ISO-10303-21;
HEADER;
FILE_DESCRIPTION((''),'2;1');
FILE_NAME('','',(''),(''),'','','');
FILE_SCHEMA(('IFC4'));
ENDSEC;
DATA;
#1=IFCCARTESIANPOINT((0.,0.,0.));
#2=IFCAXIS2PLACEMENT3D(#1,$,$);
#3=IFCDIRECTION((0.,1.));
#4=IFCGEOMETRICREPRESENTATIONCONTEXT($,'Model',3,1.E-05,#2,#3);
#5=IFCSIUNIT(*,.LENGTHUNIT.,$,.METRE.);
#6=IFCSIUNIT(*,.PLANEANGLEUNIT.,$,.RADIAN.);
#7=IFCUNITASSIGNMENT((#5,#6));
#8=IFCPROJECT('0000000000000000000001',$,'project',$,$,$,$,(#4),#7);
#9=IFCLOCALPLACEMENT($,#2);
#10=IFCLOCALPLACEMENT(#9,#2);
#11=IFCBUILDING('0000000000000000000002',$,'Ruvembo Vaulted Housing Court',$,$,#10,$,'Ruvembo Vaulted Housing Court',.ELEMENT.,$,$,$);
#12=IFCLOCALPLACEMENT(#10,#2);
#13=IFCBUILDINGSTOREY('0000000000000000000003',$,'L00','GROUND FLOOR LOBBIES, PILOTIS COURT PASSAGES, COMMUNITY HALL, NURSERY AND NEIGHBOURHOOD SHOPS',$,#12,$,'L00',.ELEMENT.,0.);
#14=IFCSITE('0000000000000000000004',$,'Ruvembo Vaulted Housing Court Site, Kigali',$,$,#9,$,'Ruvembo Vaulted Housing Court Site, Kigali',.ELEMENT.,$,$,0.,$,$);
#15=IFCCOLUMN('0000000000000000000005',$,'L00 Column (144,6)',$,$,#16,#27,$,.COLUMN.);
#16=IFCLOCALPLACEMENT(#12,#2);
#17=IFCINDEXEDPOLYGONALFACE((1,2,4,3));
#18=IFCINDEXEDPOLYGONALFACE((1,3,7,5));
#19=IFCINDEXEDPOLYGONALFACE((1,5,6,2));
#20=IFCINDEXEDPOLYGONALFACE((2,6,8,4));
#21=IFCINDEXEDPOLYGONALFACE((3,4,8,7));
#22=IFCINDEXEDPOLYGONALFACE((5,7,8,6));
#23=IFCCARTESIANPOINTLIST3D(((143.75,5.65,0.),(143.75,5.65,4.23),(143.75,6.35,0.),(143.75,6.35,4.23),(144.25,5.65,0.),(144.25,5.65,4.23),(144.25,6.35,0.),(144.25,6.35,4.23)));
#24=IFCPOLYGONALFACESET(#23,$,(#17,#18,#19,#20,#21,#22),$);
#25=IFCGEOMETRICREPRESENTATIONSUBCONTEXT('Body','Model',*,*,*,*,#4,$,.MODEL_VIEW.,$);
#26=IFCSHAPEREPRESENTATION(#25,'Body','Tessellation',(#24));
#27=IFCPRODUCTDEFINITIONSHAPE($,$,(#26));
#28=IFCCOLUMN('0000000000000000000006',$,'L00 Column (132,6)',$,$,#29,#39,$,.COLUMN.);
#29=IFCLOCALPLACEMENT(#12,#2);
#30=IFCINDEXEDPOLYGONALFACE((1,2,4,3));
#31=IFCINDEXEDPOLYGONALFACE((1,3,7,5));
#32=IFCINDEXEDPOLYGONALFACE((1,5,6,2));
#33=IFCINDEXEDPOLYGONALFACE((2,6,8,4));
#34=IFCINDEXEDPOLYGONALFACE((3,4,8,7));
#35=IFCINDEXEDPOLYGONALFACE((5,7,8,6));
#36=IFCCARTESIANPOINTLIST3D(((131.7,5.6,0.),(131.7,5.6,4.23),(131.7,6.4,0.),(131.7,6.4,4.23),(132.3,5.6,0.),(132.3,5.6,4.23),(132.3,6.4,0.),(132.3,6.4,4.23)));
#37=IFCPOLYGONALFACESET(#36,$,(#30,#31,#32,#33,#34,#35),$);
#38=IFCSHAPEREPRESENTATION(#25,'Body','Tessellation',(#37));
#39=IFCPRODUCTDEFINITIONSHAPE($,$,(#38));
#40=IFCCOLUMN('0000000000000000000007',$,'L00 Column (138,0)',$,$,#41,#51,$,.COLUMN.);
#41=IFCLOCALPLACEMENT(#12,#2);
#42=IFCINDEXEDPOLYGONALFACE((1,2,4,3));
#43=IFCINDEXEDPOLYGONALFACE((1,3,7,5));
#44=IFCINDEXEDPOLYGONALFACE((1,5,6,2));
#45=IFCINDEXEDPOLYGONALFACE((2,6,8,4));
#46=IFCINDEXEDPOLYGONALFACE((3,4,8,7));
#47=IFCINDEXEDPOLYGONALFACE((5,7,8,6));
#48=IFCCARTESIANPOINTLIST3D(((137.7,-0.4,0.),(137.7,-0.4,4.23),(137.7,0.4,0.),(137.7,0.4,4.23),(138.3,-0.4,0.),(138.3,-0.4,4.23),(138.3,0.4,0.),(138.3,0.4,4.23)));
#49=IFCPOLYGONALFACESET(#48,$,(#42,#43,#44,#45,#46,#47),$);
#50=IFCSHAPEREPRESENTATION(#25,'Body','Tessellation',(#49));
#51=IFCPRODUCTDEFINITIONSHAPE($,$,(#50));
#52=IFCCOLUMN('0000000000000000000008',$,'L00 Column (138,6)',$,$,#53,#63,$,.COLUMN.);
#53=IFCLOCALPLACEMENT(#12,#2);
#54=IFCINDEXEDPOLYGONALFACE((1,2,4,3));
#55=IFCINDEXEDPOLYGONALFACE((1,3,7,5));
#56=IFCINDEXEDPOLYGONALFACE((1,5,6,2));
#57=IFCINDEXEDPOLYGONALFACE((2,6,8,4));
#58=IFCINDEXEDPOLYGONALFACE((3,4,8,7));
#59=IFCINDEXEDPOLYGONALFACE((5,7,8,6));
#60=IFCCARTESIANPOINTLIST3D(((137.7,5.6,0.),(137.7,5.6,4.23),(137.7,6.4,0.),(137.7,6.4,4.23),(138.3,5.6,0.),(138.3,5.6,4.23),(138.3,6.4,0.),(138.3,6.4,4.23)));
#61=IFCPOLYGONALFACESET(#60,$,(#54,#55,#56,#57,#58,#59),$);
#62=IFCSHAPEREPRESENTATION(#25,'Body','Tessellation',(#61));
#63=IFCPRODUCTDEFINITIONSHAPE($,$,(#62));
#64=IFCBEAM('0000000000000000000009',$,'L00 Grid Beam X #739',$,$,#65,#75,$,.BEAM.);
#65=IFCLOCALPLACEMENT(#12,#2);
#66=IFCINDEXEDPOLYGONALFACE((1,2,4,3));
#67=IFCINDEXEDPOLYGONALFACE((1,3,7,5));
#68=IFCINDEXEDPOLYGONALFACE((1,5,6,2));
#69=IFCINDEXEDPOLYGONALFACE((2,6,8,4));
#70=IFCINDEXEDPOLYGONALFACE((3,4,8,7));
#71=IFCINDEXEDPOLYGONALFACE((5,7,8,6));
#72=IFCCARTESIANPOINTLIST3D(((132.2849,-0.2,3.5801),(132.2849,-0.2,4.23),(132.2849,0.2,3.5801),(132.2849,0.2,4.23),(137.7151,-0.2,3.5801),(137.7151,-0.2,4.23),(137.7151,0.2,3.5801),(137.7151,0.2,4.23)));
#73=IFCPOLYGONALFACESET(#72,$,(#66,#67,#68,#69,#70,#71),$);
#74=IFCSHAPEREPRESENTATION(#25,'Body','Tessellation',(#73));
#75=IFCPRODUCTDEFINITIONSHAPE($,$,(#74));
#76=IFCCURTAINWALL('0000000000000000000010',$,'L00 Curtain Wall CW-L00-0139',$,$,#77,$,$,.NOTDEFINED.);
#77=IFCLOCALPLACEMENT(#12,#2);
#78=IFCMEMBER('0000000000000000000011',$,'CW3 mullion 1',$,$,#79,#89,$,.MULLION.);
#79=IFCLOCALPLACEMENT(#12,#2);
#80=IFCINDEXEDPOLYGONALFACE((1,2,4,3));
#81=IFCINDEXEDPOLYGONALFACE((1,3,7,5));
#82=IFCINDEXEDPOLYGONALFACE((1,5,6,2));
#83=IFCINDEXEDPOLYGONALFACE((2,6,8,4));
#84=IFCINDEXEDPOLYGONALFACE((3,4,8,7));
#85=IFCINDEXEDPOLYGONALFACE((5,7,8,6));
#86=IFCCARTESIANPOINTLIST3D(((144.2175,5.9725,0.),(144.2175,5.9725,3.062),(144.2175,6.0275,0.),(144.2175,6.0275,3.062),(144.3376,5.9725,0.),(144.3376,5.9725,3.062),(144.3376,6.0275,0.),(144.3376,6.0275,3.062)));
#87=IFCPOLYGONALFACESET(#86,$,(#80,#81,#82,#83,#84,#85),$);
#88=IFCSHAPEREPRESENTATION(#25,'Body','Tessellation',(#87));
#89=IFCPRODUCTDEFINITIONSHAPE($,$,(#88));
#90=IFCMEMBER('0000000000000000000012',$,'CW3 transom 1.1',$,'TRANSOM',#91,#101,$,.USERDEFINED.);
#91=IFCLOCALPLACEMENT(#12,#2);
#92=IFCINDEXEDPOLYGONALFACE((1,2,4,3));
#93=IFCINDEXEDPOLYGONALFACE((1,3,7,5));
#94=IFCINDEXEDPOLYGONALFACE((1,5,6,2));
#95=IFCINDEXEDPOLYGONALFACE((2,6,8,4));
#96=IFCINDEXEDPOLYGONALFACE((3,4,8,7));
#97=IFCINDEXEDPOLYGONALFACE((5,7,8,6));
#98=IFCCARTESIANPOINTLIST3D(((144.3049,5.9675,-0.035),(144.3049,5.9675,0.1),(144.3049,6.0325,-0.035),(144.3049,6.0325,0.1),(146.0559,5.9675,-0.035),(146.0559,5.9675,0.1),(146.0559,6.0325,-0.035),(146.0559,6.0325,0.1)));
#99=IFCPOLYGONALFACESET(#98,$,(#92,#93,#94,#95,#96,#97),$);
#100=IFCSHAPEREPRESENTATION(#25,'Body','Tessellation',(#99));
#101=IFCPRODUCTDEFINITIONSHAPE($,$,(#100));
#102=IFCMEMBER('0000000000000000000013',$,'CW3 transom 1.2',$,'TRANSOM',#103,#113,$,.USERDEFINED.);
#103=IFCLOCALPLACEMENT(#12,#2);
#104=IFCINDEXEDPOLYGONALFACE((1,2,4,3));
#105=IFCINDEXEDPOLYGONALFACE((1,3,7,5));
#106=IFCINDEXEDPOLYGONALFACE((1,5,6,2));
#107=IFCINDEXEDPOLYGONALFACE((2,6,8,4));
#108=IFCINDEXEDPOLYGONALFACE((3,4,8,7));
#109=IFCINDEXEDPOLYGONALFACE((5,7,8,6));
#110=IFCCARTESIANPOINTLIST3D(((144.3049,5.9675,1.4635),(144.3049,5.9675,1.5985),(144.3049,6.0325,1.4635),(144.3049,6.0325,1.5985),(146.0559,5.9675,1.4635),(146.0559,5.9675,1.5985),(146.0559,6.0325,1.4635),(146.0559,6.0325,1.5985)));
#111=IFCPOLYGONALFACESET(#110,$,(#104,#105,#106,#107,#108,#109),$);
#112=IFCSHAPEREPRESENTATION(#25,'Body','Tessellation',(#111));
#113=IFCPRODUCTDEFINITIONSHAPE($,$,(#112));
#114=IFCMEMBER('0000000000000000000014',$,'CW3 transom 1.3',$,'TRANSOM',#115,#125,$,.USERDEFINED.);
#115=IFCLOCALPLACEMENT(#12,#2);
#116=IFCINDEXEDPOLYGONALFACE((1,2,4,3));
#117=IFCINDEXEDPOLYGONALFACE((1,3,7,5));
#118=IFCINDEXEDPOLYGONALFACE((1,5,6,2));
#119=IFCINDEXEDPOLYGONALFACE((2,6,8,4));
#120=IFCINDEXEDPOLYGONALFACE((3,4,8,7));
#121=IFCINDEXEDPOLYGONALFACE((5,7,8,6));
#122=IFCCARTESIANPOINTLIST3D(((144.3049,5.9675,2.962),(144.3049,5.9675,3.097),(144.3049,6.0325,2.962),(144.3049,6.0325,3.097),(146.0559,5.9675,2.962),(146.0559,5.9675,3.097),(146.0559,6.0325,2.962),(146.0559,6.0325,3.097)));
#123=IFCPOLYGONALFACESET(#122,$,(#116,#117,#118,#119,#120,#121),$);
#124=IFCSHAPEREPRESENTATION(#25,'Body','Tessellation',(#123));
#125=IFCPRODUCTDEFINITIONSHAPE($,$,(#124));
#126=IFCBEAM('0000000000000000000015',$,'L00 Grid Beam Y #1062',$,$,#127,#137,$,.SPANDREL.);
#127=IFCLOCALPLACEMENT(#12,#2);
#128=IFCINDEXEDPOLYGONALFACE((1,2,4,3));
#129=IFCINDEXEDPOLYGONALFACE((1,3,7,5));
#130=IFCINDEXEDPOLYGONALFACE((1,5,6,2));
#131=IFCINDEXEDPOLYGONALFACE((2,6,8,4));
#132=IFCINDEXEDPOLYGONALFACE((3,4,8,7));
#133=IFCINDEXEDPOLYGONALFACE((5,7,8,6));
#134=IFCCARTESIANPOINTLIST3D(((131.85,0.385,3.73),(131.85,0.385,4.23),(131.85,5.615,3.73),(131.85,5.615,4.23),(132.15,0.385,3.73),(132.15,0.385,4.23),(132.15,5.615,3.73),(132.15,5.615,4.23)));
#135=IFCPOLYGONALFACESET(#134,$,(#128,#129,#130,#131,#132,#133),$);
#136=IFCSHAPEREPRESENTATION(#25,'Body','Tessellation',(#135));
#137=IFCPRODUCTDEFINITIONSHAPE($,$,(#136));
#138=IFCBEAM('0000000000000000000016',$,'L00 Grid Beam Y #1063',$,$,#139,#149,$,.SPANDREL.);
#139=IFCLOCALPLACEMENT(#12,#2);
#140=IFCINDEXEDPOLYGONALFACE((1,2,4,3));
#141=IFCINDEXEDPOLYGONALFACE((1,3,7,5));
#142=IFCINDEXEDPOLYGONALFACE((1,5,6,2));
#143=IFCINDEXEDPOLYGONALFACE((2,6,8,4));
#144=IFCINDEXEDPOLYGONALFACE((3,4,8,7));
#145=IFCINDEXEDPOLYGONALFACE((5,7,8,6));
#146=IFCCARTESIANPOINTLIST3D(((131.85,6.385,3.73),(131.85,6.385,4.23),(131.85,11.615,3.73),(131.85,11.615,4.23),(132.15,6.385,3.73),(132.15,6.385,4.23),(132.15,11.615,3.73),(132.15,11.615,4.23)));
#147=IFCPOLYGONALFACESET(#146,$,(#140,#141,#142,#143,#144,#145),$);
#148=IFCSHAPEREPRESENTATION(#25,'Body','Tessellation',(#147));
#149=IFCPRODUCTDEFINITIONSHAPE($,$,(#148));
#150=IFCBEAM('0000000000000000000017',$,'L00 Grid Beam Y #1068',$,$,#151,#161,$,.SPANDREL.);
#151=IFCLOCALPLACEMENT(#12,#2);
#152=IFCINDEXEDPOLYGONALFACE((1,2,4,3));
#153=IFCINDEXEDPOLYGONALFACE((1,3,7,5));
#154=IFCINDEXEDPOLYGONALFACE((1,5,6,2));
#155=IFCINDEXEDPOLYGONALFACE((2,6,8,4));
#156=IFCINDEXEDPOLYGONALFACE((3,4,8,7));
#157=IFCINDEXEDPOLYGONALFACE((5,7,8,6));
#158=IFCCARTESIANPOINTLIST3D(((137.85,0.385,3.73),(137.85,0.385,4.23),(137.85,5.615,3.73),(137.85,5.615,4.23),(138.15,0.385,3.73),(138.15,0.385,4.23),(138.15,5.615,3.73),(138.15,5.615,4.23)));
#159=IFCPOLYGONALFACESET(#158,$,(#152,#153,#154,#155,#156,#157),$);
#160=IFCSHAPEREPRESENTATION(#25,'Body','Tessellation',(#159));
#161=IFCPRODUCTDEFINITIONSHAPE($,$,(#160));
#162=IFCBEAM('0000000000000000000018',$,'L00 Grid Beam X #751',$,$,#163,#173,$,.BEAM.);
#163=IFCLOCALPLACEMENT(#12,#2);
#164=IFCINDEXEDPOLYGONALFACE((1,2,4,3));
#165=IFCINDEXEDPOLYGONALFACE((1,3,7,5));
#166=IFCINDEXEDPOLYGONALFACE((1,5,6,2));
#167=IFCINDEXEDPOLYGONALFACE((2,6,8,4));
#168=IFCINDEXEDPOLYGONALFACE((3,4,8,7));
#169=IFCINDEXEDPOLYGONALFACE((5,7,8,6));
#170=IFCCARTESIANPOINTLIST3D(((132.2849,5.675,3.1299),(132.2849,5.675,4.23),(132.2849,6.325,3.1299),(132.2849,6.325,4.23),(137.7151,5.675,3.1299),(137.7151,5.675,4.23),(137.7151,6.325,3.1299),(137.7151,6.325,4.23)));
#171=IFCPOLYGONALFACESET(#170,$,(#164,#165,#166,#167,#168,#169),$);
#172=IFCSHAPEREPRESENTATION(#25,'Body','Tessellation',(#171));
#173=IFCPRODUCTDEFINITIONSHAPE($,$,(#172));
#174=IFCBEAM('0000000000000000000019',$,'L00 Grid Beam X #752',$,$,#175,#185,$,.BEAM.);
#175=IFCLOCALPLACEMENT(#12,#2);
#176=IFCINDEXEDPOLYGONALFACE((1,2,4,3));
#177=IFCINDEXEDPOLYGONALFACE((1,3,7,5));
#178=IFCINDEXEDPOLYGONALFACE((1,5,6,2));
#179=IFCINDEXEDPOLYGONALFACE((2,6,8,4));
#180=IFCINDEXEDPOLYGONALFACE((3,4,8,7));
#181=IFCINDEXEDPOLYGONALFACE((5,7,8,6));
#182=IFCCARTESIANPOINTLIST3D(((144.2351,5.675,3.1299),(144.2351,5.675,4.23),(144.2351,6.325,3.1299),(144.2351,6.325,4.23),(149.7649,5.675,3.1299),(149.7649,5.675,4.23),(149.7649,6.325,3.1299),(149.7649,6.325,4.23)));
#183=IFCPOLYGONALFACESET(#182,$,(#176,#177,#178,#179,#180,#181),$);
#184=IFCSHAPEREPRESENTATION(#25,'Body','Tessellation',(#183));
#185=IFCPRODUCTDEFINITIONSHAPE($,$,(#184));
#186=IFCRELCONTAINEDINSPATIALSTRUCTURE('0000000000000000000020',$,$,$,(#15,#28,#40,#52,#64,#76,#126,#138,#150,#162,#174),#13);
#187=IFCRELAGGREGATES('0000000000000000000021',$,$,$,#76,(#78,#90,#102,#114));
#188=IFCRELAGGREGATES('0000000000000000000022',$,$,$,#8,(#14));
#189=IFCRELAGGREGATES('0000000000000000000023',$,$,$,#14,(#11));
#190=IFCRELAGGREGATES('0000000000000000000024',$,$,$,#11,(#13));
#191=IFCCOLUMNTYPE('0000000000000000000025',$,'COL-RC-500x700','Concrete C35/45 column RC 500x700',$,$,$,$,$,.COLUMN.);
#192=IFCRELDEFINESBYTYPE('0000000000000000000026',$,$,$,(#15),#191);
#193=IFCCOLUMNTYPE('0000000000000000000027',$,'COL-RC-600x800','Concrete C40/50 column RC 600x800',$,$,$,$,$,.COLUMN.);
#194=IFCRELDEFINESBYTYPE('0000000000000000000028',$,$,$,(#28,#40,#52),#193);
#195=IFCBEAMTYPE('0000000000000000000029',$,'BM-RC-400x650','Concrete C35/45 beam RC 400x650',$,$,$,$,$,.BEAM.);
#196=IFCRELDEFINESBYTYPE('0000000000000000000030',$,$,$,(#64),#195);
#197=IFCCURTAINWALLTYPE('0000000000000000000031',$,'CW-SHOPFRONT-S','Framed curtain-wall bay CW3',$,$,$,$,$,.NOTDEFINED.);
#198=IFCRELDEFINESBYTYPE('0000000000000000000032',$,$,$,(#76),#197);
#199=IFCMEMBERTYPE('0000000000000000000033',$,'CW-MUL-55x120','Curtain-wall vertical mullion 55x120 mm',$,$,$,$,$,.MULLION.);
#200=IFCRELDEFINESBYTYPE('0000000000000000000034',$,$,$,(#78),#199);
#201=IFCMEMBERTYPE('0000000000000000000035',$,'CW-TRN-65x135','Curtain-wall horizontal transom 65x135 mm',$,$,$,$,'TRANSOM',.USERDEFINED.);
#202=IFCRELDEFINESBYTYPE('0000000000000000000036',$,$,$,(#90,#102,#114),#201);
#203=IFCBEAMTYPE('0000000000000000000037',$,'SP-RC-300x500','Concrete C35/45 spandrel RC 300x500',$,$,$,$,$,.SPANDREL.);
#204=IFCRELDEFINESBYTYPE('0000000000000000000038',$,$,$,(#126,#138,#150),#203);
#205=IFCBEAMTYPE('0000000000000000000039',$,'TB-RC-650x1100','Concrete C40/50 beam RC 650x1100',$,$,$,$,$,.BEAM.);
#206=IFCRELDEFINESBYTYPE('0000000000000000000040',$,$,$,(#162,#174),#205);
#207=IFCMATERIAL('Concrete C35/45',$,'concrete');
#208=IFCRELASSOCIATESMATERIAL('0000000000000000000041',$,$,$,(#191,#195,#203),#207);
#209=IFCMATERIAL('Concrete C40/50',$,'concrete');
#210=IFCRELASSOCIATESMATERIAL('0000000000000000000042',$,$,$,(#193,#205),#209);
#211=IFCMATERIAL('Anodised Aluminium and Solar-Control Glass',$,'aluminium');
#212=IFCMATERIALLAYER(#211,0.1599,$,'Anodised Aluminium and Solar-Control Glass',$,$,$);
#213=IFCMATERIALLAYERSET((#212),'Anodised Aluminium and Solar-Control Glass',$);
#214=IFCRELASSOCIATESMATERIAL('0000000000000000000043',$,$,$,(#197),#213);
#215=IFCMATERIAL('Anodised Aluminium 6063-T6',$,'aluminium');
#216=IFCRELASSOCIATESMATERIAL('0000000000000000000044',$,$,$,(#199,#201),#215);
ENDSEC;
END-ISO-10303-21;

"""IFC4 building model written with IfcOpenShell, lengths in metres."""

from ifc_helpers import new_model, si_unit, direction, frame, origin, origin_2d, place, context, subcontext, project, spatial, rectangle, extrude, material, layer, layer_set, material_profile, profile_set, type_object, element, aggregate, save


model = new_model("IFC4")

# Units and contexts
model_context = context("Model", 3, precision=1e-05, world=origin(), true_north=direction((0.0, 1.0)))
body_context = subcontext(model_context, "Body", "Model", "MODEL_VIEW")
ifc_project = project(units=[si_unit("LENGTHUNIT", "METRE"), si_unit("PLANEANGLEUNIT", "RADIAN")], contexts=[model_context])

# Site, building, storey
site_placement = place(None, origin())
site = spatial("IfcSite", under=ifc_project, at=site_placement, Name="Ruvembo Vaulted Housing Court Site, Kigali", LongName="Ruvembo Vaulted Housing Court Site, Kigali", CompositionType="ELEMENT", RefElevation=0.0)
building_placement = place(site_placement, origin())
building = spatial("IfcBuilding", under=site, at=building_placement, Name="Ruvembo Vaulted Housing Court", LongName="Ruvembo Vaulted Housing Court", CompositionType="ELEMENT")
storey_placement = place(building_placement, origin())
storey = spatial("IfcBuildingStorey", under=building, at=storey_placement, Name="L00", Description="GROUND FLOOR LOBBIES, PILOTIS COURT PASSAGES, COMMUNITY HALL, NURSERY AND NEIGHBOURHOOD SHOPS", LongName="L00", CompositionType="ELEMENT", Elevation=0.0)

# Columns
ifc_material_1 = material(Name="Concrete C35/45", Category="concrete")
ifc_material_profile_1 = material_profile(ifc_material_1, rectangle(XDim=0.5, YDim=0.7, at=origin_2d()), Name="RC 500x700")
ifc_profile_set_1 = profile_set([ifc_material_profile_1], Name="Concrete C35/45")
column_type_1 = type_object("IfcColumnType", Name="COL-RC-500x700", Description="Concrete C35/45 column RC 500x700", PredefinedType="COLUMN", material=ifc_profile_set_1)
column_placement = place(storey_placement, frame((144.0, 6.0, 0.0), z_axis=(0.0, 0.0, 1.0), x_axis=(1.0, 0.0, 0.0)))
element("IfcColumn", 1, at=column_placement, inside=storey, type_object=column_type_1, Name="L00 Column (144,6)", PredefinedType="COLUMN", context=body_context, shape_type="SweptSolid", body=[
    extrude(rectangle(XDim=0.5, YDim=0.7, at=origin_2d()), origin(), (0.0, 0.0, 1.0), 4.23),
])
ifc_material_2 = material(Name="Concrete C40/50", Category="concrete")
ifc_material_profile_2 = material_profile(ifc_material_2, rectangle(XDim=0.6001, YDim=0.8, at=origin_2d()), Name="RC 600x800")
ifc_profile_set_2 = profile_set([ifc_material_profile_2], Name="Concrete C40/50")
column_type_2 = type_object("IfcColumnType", Name="COL-RC-600x800", Description="Concrete C40/50 column RC 600x800", PredefinedType="COLUMN", material=ifc_profile_set_2)
for number, where, z_axis, x_axis, name in (
    (2, (132.0, 6.0, 0.0), (0.0, 0.0, 1.0), (1.0, 0.0, 0.0), "L00 Column (132,6)"),
    (3, (138.0, 0.0, 0.0), (0.0, 0.0, 1.0), (1.0, 0.0, 0.0), "L00 Column (138,0)"),
    (4, (138.0, 6.0, 0.0), (0.0, 0.0, 1.0), (1.0, 0.0, 0.0), "L00 Column (138,6)"),
):
    element("IfcColumn", number, at=place(storey_placement, frame(where, z_axis=z_axis, x_axis=x_axis)), inside=storey, type_object=column_type_2, Name=name, PredefinedType="COLUMN", context=body_context, shape_type="SweptSolid", body=[
        extrude(rectangle(XDim=0.6001, YDim=0.8, at=origin_2d()), origin(), (0.0, 0.0, 1.0), 4.23),
    ])

# Beam
ifc_material_profile_3 = material_profile(ifc_material_1, rectangle(XDim=0.3999, YDim=0.6499, at=origin_2d()), Name="RC 400x650")
ifc_profile_set_3 = profile_set([ifc_material_profile_3], Name="Concrete C35/45")
beam_type_1 = type_object("IfcBeamType", Name="BM-RC-400x650", Description="Concrete C35/45 beam RC 400x650", PredefinedType="BEAM", material=ifc_profile_set_3)
beam_1_placement = place(storey_placement, frame((132.2849, 0.0, 3.905), z_axis=(1.0, 0.0, 0.0), x_axis=(0.0, 1.0, 0.0)))
element("IfcBeam", 5, at=beam_1_placement, inside=storey, type_object=beam_type_1, Name="L00 Grid Beam X #739", PredefinedType="BEAM", context=body_context, shape_type="SweptSolid", body=[
    extrude(rectangle(XDim=0.3999, YDim=0.6499, at=origin_2d()), origin(), (0.0, 0.0, 1.0), 5.4302),
])

# Curtain wall, members
ifc_material_3 = material(Name="Anodised Aluminium and Solar-Control Glass", Category="aluminium")
ifc_layer_1 = layer(ifc_material_3, 0.1599, Name="Anodised Aluminium and Solar-Control Glass")
ifc_layer_set_1 = layer_set([ifc_layer_1], Name="Anodised Aluminium and Solar-Control Glass")
curtain_wall_type = type_object("IfcCurtainWallType", Name="CW-SHOPFRONT-S", Description="Framed curtain-wall bay CW3", PredefinedType="NOTDEFINED", material=ifc_layer_set_1)
curtain_wall_placement = place(storey_placement, origin())
curtain_wall = element("IfcCurtainWall", 6, at=curtain_wall_placement, inside=storey, type_object=curtain_wall_type, Name="L00 Curtain Wall CW-L00-0139", PredefinedType="NOTDEFINED")
ifc_material_4 = material(Name="Anodised Aluminium 6063-T6", Category="aluminium")
ifc_material_profile_4 = material_profile(ifc_material_4, rectangle(XDim=0.0549, YDim=0.1201, at=origin_2d()), Name="ALU 55x120")
ifc_profile_set_4 = profile_set([ifc_material_profile_4], Name="Anodised Aluminium 6063-T6")
member_type_1 = type_object("IfcMemberType", Name="CW-MUL-55x120", Description="Curtain-wall vertical mullion 55x120 mm", PredefinedType="MULLION", material=ifc_profile_set_4)
member_1_placement = place(storey_placement, frame((144.2776, 6.0, 0.0), z_axis=(0.0, 0.0, 1.0), x_axis=(0.0, 1.0, 0.0)))
member_1 = element("IfcMember", 7, at=member_1_placement, type_object=member_type_1, Name="CW3 mullion 1", PredefinedType="MULLION", context=body_context, shape_type="SweptSolid", body=[
    extrude(rectangle(XDim=0.0549, YDim=0.1201, at=origin_2d()), origin(), (0.0, 0.0, 1.0), 3.062),
])
ifc_material_profile_5 = material_profile(ifc_material_4, rectangle(XDim=0.0649, YDim=0.135, at=origin_2d()), Name="ALU 65x135")
ifc_profile_set_5 = profile_set([ifc_material_profile_5], Name="Anodised Aluminium 6063-T6")
member_type_2 = type_object("IfcMemberType", Name="CW-TRN-65x135", Description="Curtain-wall horizontal transom 65x135 mm", ElementType="TRANSOM", PredefinedType="USERDEFINED", material=ifc_profile_set_5)
member_2_placement = place(storey_placement, frame((144.3049, 6.0, 0.0325), z_axis=(1.0, 0.0, 0.0), x_axis=(0.0, 1.0, 0.0)))
member_2 = element("IfcMember", 8, at=member_2_placement, type_object=member_type_2, Name="CW3 transom 1.1", ObjectType="TRANSOM", PredefinedType="USERDEFINED", context=body_context, shape_type="SweptSolid", body=[
    extrude(rectangle(XDim=0.0649, YDim=0.135, at=origin_2d()), origin(), (0.0, 0.0, 1.0), 1.751),
])
member_3_placement = place(storey_placement, frame((144.3049, 6.0, 1.531), z_axis=(1.0, 0.0, 0.0), x_axis=(0.0, 1.0, 0.0)))
member_3 = element("IfcMember", 9, at=member_3_placement, type_object=member_type_2, Name="CW3 transom 1.2", ObjectType="TRANSOM", PredefinedType="USERDEFINED", context=body_context, shape_type="SweptSolid", body=[
    extrude(rectangle(XDim=0.0649, YDim=0.135, at=origin_2d()), origin(), (0.0, 0.0, 1.0), 1.751),
])
member_4_placement = place(storey_placement, frame((144.3049, 6.0, 3.0295), z_axis=(1.0, 0.0, 0.0), x_axis=(0.0, 1.0, 0.0)))
member_4 = element("IfcMember", 10, at=member_4_placement, type_object=member_type_2, Name="CW3 transom 1.3", ObjectType="TRANSOM", PredefinedType="USERDEFINED", context=body_context, shape_type="SweptSolid", body=[
    extrude(rectangle(XDim=0.0649, YDim=0.135, at=origin_2d()), origin(), (0.0, 0.0, 1.0), 1.751),
])
aggregate(curtain_wall, [member_1, member_2, member_3, member_4])

# Beams
ifc_material_profile_6 = material_profile(ifc_material_1, rectangle(XDim=0.3, YDim=0.5, at=origin_2d()), Name="RC 300x500")
ifc_profile_set_6 = profile_set([ifc_material_profile_6], Name="Concrete C35/45")
beam_type_2 = type_object("IfcBeamType", Name="SP-RC-300x500", Description="Concrete C35/45 spandrel RC 300x500", PredefinedType="SPANDREL", material=ifc_profile_set_6)
for number, where, z_axis, x_axis, name in (
    (11, (132.0, 0.385, 3.98), (0.0, 1.0, 0.0), (-1.0, 0.0, 0.0), "L00 Grid Beam Y #1062"),
    (12, (132.0, 6.385, 3.98), (0.0, 1.0, 0.0), (-1.0, 0.0, 0.0), "L00 Grid Beam Y #1063"),
    (13, (138.0, 0.385, 3.98), (0.0, 1.0, 0.0), (-1.0, 0.0, 0.0), "L00 Grid Beam Y #1068"),
):
    element("IfcBeam", number, at=place(storey_placement, frame(where, z_axis=z_axis, x_axis=x_axis)), inside=storey, type_object=beam_type_2, Name=name, PredefinedType="SPANDREL", context=body_context, shape_type="SweptSolid", body=[
        extrude(rectangle(XDim=0.3, YDim=0.5, at=origin_2d()), origin(), (0.0, 0.0, 1.0), 5.23),
    ])
ifc_material_profile_7 = material_profile(ifc_material_2, rectangle(XDim=0.6499, YDim=1.1001, at=origin_2d()), Name="RC 650x1100")
ifc_profile_set_7 = profile_set([ifc_material_profile_7], Name="Concrete C40/50")
beam_type_3 = type_object("IfcBeamType", Name="TB-RC-650x1100", Description="Concrete C40/50 beam RC 650x1100", PredefinedType="BEAM", material=ifc_profile_set_7)
beam_2_placement = place(storey_placement, frame((132.2849, 6.0, 3.6799), z_axis=(1.0, 0.0, 0.0), x_axis=(0.0, 1.0, 0.0)))
element("IfcBeam", 14, at=beam_2_placement, inside=storey, type_object=beam_type_3, Name="L00 Grid Beam X #751", PredefinedType="BEAM", context=body_context, shape_type="SweptSolid", body=[
    extrude(rectangle(XDim=0.6499, YDim=1.1001, at=origin_2d()), origin(), (0.0, 0.0, 1.0), 5.4302),
])
beam_3_placement = place(storey_placement, frame((144.2351, 6.0, 3.6799), z_axis=(1.0, 0.0, 0.0), x_axis=(0.0, 1.0, 0.0)))
element("IfcBeam", 15, at=beam_3_placement, inside=storey, type_object=beam_type_3, Name="L00 Grid Beam X #752", PredefinedType="BEAM", context=body_context, shape_type="SweptSolid", body=[
    extrude(rectangle(XDim=0.6499, YDim=1.1001, at=origin_2d()), origin(), (0.0, 0.0, 1.0), 5.5298),
])

save(model, "model.ifc")
